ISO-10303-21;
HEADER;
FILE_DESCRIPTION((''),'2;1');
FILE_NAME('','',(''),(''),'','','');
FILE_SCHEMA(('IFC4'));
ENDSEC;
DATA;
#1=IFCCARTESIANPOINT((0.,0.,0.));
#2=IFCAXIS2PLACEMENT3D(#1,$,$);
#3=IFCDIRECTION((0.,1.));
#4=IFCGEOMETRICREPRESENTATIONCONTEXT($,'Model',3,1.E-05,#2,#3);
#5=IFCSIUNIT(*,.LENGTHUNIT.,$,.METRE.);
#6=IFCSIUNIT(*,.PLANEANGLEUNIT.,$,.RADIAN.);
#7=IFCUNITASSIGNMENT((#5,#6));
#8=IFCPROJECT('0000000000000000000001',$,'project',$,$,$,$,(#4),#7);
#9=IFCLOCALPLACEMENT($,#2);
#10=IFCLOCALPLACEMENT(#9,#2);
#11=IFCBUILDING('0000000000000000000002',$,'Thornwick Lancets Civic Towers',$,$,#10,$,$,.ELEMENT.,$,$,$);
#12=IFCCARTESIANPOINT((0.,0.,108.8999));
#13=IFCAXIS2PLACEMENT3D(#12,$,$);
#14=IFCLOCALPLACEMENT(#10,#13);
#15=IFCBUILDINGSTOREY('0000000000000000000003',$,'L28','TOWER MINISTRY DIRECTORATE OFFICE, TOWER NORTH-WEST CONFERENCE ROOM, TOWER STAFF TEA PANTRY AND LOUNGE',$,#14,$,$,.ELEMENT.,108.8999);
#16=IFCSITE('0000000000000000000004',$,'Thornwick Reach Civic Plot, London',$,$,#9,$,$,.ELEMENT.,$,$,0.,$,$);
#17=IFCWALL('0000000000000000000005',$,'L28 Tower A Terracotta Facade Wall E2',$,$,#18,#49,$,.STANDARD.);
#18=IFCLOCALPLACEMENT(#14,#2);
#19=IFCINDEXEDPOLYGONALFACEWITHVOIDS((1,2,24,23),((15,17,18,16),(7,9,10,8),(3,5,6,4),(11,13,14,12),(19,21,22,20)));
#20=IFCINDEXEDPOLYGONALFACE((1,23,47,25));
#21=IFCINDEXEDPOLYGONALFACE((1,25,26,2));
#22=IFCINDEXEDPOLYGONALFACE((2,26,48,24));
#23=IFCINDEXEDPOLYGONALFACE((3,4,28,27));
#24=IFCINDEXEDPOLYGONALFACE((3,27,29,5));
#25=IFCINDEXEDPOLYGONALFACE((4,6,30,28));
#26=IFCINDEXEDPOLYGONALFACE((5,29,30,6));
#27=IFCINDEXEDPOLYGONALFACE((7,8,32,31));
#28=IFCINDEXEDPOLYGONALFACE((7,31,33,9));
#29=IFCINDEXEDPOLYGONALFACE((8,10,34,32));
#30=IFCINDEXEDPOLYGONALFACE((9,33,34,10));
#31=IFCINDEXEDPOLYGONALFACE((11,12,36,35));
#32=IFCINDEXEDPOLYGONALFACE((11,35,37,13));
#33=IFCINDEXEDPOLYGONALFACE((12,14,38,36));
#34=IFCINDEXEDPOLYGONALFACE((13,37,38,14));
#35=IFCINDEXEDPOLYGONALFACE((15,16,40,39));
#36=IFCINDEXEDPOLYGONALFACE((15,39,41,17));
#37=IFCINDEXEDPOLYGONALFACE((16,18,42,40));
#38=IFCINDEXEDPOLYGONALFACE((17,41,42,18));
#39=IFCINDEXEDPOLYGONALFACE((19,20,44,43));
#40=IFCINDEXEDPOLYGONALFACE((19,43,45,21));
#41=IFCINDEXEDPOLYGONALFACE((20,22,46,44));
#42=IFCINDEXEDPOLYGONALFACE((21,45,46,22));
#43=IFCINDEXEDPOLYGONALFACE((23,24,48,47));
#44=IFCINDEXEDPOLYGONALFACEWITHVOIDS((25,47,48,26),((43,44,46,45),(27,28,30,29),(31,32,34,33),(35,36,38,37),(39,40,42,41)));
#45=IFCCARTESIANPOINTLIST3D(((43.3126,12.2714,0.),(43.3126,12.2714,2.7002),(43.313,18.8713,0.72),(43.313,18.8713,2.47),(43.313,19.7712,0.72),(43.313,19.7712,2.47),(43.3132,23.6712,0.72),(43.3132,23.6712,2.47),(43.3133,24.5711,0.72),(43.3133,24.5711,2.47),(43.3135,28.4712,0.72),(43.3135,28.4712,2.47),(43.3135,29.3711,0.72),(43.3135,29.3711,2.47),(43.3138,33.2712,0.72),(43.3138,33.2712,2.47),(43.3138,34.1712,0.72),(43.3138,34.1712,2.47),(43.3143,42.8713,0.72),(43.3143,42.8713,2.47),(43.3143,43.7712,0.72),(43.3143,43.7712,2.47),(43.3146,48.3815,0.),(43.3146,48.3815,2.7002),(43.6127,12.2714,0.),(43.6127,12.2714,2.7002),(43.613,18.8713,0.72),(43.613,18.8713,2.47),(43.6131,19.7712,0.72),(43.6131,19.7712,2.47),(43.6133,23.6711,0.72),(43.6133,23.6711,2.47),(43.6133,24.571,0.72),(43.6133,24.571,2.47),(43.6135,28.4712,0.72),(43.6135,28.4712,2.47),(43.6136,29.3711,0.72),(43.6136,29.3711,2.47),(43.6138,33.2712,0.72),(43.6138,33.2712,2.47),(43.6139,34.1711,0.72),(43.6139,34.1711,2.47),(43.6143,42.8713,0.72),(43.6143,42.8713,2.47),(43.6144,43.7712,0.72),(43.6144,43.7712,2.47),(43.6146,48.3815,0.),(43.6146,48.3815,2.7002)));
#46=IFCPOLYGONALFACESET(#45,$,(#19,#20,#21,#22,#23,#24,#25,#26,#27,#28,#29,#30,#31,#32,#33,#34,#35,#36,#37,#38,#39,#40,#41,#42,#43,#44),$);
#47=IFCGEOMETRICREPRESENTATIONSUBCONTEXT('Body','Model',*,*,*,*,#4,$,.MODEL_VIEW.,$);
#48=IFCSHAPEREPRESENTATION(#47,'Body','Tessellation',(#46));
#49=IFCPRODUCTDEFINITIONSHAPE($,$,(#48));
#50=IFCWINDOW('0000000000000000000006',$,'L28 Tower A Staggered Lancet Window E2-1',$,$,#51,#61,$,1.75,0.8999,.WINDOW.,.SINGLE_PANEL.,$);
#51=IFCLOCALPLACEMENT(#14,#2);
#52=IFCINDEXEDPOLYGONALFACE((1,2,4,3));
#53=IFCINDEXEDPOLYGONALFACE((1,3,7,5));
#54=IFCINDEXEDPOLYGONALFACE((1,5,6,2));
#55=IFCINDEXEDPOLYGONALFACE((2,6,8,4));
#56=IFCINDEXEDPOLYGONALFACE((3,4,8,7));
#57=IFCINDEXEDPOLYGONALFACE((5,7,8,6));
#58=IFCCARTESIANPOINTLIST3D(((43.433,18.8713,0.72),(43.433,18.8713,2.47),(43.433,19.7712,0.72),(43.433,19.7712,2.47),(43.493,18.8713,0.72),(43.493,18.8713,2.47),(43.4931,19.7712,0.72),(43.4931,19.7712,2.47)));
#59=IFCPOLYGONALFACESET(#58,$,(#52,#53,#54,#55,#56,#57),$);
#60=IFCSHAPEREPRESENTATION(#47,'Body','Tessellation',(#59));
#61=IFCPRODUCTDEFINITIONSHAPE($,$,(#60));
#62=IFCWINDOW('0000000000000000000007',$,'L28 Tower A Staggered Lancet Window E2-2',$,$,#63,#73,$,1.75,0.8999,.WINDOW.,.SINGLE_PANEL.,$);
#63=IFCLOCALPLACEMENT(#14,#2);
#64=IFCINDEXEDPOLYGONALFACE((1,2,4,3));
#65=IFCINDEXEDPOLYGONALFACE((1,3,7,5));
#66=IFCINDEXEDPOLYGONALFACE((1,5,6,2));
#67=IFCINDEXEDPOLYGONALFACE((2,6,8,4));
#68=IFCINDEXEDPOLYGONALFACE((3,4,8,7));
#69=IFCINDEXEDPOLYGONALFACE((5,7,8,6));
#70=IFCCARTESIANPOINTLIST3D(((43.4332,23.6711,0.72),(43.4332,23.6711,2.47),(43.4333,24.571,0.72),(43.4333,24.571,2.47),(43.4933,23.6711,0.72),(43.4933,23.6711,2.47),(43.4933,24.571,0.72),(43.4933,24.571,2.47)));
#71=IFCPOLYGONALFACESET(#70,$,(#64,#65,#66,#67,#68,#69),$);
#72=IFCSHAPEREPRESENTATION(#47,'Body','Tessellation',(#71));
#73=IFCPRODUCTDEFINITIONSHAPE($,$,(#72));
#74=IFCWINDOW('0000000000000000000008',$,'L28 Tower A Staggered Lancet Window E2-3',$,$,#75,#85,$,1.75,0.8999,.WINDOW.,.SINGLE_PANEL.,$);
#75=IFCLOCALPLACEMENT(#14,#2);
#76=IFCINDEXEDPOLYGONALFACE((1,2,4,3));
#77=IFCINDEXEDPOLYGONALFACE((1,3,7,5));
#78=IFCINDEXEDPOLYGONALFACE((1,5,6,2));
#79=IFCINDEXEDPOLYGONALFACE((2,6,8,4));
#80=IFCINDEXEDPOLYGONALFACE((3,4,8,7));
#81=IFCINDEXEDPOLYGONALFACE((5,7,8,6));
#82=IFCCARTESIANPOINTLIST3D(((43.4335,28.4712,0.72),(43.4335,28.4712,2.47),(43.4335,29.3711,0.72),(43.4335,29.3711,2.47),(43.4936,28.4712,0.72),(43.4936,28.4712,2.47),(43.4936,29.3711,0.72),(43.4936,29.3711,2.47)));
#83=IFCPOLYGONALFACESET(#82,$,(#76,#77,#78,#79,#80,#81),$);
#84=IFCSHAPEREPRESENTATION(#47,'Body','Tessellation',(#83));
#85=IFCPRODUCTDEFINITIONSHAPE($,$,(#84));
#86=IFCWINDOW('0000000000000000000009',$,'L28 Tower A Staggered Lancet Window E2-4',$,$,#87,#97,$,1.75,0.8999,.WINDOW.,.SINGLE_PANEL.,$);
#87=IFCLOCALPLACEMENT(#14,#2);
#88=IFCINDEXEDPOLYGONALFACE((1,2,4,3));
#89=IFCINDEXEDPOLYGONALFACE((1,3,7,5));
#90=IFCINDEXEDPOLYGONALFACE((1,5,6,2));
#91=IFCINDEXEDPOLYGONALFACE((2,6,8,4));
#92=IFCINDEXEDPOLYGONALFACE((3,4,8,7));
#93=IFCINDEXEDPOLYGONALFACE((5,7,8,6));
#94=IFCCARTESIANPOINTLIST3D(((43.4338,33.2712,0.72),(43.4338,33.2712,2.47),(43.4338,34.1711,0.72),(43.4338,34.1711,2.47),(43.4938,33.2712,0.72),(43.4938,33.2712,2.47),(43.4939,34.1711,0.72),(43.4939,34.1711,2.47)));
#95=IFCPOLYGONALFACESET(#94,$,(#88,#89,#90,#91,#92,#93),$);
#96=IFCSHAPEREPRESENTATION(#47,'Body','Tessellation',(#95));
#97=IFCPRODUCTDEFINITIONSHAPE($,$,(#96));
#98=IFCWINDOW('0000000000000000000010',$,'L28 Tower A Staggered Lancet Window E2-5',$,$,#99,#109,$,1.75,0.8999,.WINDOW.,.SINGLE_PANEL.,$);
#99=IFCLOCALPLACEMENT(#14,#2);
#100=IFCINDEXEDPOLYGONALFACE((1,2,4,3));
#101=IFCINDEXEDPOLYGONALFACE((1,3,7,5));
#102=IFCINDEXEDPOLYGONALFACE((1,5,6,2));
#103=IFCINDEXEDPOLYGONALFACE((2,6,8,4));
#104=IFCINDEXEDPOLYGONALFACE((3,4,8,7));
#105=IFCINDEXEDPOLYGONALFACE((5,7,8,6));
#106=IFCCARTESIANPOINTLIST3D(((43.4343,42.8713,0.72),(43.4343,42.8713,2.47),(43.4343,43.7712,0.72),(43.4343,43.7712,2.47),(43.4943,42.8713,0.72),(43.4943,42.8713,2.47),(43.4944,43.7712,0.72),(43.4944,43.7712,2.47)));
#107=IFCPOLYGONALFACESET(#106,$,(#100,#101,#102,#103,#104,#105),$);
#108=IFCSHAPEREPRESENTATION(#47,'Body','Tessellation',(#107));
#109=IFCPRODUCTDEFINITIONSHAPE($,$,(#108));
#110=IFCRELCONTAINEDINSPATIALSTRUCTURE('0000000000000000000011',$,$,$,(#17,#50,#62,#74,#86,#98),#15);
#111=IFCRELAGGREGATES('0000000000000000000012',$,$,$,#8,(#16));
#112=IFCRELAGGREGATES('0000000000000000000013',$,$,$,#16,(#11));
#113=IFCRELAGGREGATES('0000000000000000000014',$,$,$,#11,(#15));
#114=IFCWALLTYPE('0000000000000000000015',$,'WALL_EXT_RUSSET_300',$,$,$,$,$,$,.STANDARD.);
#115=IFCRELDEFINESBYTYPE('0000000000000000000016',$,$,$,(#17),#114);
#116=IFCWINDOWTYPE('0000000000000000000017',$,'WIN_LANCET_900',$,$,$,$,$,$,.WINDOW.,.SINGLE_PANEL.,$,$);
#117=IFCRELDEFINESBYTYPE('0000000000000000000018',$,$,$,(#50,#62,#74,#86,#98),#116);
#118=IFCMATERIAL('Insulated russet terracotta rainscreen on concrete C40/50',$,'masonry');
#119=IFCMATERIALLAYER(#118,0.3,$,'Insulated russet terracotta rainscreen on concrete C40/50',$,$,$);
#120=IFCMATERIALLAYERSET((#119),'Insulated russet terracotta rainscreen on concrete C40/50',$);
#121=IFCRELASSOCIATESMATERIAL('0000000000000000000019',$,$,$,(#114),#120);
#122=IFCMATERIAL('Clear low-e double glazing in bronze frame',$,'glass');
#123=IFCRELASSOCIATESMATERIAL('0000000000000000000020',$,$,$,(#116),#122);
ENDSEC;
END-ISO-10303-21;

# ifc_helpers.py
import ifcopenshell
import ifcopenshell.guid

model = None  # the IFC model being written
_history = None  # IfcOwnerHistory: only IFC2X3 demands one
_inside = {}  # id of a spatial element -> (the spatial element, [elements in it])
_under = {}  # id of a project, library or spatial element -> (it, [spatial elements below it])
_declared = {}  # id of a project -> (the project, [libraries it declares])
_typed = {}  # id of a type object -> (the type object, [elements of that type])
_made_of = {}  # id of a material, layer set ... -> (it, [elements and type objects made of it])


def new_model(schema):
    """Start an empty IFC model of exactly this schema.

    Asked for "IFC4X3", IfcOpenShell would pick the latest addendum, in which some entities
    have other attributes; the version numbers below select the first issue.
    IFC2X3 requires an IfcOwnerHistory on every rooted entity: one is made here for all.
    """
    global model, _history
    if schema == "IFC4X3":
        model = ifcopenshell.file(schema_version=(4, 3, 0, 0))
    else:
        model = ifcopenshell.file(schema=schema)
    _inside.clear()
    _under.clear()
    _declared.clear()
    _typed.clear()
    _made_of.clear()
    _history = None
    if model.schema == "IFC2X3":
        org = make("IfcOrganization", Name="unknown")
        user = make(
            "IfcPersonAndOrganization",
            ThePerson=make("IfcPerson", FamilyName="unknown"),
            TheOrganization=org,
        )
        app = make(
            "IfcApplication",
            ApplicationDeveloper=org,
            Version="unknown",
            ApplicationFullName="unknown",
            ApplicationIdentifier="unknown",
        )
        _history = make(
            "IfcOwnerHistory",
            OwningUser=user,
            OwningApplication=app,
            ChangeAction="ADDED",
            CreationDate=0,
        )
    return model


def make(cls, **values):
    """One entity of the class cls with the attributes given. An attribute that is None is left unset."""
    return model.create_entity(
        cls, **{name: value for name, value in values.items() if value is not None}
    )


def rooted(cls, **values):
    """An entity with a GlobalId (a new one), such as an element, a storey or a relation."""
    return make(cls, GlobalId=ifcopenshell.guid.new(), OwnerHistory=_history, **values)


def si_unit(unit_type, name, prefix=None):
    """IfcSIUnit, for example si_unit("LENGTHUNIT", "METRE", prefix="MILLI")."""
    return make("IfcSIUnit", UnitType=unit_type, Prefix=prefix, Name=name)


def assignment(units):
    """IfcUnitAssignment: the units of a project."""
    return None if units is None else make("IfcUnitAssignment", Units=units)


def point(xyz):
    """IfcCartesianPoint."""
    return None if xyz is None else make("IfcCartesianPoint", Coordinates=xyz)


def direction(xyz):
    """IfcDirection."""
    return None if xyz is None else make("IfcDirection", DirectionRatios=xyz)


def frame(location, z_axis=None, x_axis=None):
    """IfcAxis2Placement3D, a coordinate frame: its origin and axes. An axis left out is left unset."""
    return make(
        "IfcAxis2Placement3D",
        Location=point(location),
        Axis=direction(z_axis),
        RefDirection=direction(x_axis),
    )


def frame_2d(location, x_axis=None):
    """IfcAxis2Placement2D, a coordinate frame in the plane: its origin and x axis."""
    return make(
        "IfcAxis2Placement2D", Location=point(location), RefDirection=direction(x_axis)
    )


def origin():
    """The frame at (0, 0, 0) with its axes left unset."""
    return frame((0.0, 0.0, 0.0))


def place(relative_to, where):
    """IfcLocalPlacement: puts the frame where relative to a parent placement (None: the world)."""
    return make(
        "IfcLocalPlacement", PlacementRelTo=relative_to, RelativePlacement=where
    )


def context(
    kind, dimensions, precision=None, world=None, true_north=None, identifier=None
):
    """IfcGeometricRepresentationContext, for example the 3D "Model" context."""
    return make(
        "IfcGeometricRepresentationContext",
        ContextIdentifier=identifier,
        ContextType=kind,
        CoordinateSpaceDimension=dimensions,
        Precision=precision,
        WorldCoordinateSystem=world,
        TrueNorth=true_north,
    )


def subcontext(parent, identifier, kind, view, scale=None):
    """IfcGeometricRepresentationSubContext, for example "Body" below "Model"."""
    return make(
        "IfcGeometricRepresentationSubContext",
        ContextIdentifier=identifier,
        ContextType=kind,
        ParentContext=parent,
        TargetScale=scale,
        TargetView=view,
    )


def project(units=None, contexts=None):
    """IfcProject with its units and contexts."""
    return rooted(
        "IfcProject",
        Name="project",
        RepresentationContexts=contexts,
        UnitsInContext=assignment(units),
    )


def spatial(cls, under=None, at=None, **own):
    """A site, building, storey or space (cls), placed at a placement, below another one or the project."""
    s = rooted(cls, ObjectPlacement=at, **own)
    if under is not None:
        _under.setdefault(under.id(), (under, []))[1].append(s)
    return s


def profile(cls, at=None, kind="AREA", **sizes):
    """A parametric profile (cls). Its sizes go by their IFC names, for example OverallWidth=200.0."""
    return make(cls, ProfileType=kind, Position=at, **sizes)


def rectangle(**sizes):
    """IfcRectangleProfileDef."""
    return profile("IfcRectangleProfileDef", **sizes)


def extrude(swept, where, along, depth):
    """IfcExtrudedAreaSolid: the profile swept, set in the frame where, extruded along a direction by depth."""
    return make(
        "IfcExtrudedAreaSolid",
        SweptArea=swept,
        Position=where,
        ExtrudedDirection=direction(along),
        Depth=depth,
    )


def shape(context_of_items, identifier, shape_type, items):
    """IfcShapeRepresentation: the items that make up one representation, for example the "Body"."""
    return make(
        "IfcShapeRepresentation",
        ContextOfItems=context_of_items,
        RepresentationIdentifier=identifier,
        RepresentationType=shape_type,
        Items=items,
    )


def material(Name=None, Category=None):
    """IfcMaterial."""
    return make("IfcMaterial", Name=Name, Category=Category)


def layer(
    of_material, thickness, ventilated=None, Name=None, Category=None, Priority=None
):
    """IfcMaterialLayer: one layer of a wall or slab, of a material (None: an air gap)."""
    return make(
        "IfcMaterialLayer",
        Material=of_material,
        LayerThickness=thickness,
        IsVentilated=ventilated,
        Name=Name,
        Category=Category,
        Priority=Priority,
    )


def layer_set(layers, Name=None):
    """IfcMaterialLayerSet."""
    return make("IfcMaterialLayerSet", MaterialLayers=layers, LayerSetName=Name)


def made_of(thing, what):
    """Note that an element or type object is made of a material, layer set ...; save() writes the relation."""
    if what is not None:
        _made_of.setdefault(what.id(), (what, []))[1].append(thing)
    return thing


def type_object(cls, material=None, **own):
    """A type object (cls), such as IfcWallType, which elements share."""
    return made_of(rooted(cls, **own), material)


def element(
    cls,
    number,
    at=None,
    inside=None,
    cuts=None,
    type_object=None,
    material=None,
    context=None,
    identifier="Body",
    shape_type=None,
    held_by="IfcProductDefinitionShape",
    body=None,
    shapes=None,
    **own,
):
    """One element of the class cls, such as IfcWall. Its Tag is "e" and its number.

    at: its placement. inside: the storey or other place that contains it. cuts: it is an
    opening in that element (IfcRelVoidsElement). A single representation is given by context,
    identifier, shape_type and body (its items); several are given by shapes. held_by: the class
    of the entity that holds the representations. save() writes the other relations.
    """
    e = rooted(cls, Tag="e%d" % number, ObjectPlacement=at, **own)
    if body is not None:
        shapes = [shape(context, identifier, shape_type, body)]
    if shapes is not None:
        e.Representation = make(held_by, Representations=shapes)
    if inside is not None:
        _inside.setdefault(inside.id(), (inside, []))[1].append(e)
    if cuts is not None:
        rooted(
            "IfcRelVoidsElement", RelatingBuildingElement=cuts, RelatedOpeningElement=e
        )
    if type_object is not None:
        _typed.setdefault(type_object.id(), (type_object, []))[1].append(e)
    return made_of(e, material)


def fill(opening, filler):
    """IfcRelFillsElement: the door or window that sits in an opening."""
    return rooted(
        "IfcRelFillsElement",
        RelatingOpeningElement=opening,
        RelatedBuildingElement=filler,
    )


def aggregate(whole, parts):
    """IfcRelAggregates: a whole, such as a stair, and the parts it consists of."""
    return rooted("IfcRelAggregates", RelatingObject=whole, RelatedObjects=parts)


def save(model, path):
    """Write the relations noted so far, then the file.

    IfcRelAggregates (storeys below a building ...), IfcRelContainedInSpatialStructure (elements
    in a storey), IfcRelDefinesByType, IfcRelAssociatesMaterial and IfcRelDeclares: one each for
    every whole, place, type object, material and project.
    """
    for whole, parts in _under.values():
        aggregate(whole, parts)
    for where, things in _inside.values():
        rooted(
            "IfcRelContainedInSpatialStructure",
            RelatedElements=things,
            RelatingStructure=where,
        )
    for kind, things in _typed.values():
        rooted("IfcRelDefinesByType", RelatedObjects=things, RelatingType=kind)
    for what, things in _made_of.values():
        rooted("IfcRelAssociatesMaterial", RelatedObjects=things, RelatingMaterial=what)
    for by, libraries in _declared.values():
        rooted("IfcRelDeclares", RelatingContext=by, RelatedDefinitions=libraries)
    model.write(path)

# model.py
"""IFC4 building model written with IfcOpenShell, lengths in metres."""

from ifc_helpers import new_model, si_unit, direction, frame, frame_2d, origin, place, context, subcontext, project, spatial, rectangle, extrude, material, layer, layer_set, type_object, element, fill, save


model = new_model("IFC4")

# Units and contexts
model_context = context("Model", 3, precision=1e-05, world=origin(), true_north=direction((0.0, 1.0)))
body_context = subcontext(model_context, "Body", "Model", "MODEL_VIEW")
ifc_project = project(units=[si_unit("LENGTHUNIT", "METRE"), si_unit("PLANEANGLEUNIT", "RADIAN")], contexts=[model_context])

# Site, building, storey
site_placement = place(None, origin())
site = spatial("IfcSite", under=ifc_project, at=site_placement, Name="Thornwick Reach Civic Plot, London", CompositionType="ELEMENT", RefElevation=0.0)
building_placement = place(site_placement, origin())
building = spatial("IfcBuilding", under=site, at=building_placement, Name="Thornwick Lancets Civic Towers", CompositionType="ELEMENT")
storey_placement = place(building_placement, frame((0.0, 0.0, 108.8999)))
storey = spatial("IfcBuildingStorey", under=building, at=storey_placement, Name="L28", Description="TOWER MINISTRY DIRECTORATE OFFICE, TOWER NORTH-WEST CONFERENCE ROOM, TOWER STAFF TEA PANTRY AND LOUNGE", CompositionType="ELEMENT", Elevation=108.8999)

# Wall, openings, windows
ifc_material_1 = material(Name="Insulated russet terracotta rainscreen on concrete C40/50", Category="masonry")
ifc_layer_1 = layer(ifc_material_1, 0.3, Name="Insulated russet terracotta rainscreen on concrete C40/50")
ifc_layer_set_1 = layer_set([ifc_layer_1], Name="Insulated russet terracotta rainscreen on concrete C40/50")
wall_type_1 = type_object("IfcWallType", Name="WALL_EXT_RUSSET_300", PredefinedType="STANDARD", material=ifc_layer_set_1)
wall_1_placement = place(storey_placement, frame((43.4626, 12.2712, 0.0), z_axis=(0.0, 0.0, 1.0), x_axis=(0.000054, 1.0, 0.0)))
wall_1 = element("IfcWall", 1, at=wall_1_placement, inside=storey, type_object=wall_type_1, Name="L28 Tower A Terracotta Facade Wall E2", PredefinedType="STANDARD", context=body_context, shape_type="SweptSolid", body=[
    extrude(rectangle(XDim=36.1101, YDim=0.3, at=frame_2d((18.0552, 0.0))), origin(), (0.0, 0.0, 1.0), 2.7002),
])
opening_1_placement = place(wall_1_placement, frame((6.6001, 0.0, 0.72)))
opening_1 = element("IfcOpeningElement", 2, at=opening_1_placement, cuts=wall_1, PredefinedType="OPENING", context=body_context, shape_type="SweptSolid", body=[
    extrude(rectangle(XDim=0.8999, YDim=1.75, at=frame_2d((0.45, 0.875))), frame((0.0, 0.1602, 0.0), z_axis=(0.0, -1.0, 0.0), x_axis=(1.0, 0.0, 0.0)), (0.0, 0.0, 1.0), 0.3201),
])
opening_2_placement = place(wall_1_placement, frame((11.3999, 0.0, 0.72)))
opening_2 = element("IfcOpeningElement", 3, at=opening_2_placement, cuts=wall_1, PredefinedType="OPENING", context=body_context, shape_type="SweptSolid", body=[
    extrude(rectangle(XDim=0.8999, YDim=1.75, at=frame_2d((0.45, 0.875))), frame((0.0, 0.1602, 0.0), z_axis=(0.0, -1.0, 0.0), x_axis=(1.0, 0.0, 0.0)), (0.0, 0.0, 1.0), 0.3201),
])
opening_3_placement = place(wall_1_placement, frame((16.2, 0.0, 0.72)))
opening_3 = element("IfcOpeningElement", 4, at=opening_3_placement, cuts=wall_1, PredefinedType="OPENING", context=body_context, shape_type="SweptSolid", body=[
    extrude(rectangle(XDim=0.8999, YDim=1.75, at=frame_2d((0.45, 0.875))), frame((0.0, 0.1602, 0.0), z_axis=(0.0, -1.0, 0.0), x_axis=(1.0, 0.0, 0.0)), (0.0, 0.0, 1.0), 0.3201),
])
opening_4_placement = place(wall_1_placement, frame((21.0, 0.0, 0.72)))
opening_4 = element("IfcOpeningElement", 5, at=opening_4_placement, cuts=wall_1, PredefinedType="OPENING", context=body_context, shape_type="SweptSolid", body=[
    extrude(rectangle(XDim=0.8999, YDim=1.75, at=frame_2d((0.45, 0.875))), frame((0.0, 0.1602, 0.0), z_axis=(0.0, -1.0, 0.0), x_axis=(1.0, 0.0, 0.0)), (0.0, 0.0, 1.0), 0.3201),
])
opening_5_placement = place(wall_1_placement, frame((30.6001, 0.0, 0.72)))
opening_5 = element("IfcOpeningElement", 6, at=opening_5_placement, cuts=wall_1, PredefinedType="OPENING", context=body_context, shape_type="SweptSolid", body=[
    extrude(rectangle(XDim=0.8999, YDim=1.75, at=frame_2d((0.45, 0.875))), frame((0.0, 0.1602, 0.0), z_axis=(0.0, -1.0, 0.0), x_axis=(1.0, 0.0, 0.0)), (0.0, 0.0, 1.0), 0.3201),
])
ifc_material_2 = material(Name="Clear low-e double glazing in bronze frame", Category="glass")
window_type = type_object("IfcWindowType", Name="WIN_LANCET_900", PartitioningType="SINGLE_PANEL", PredefinedType="WINDOW", material=ifc_material_2)
window_1_placement = place(opening_1_placement, origin())
window_1 = element("IfcWindow", 7, at=window_1_placement, inside=storey, type_object=window_type, Name="L28 Tower A Staggered Lancet Window E2-1", OverallHeight=1.75, OverallWidth=0.8999, PartitioningType="SINGLE_PANEL", PredefinedType="WINDOW", context=body_context, shape_type="SweptSolid", body=[
    extrude(rectangle(XDim=0.8999, YDim=1.75, at=frame_2d((0.45, 0.875))), frame((0.0, 0.03, 0.0), z_axis=(0.0, -1.0, 0.0), x_axis=(1.0, 0.0, 0.0)), (0.0, 0.0, 1.0), 0.0601),
])
fill(opening_1, window_1)
window_2_placement = place(opening_2_placement, origin())
window_2 = element("IfcWindow", 8, at=window_2_placement, inside=storey, type_object=window_type, Name="L28 Tower A Staggered Lancet Window E2-2", OverallHeight=1.75, OverallWidth=0.8999, PartitioningType="SINGLE_PANEL", PredefinedType="WINDOW", context=body_context, shape_type="SweptSolid", body=[
    extrude(rectangle(XDim=0.8999, YDim=1.75, at=frame_2d((0.45, 0.875))), frame((0.0, 0.03, 0.0), z_axis=(0.0, -1.0, 0.0), x_axis=(1.0, 0.0, 0.0)), (0.0, 0.0, 1.0), 0.0601),
])
fill(opening_2, window_2)
window_3_placement = place(opening_3_placement, origin())
window_3 = element("IfcWindow", 9, at=window_3_placement, inside=storey, type_object=window_type, Name="L28 Tower A Staggered Lancet Window E2-3", OverallHeight=1.75, OverallWidth=0.8999, PartitioningType="SINGLE_PANEL", PredefinedType="WINDOW", context=body_context, shape_type="SweptSolid", body=[
    extrude(rectangle(XDim=0.8999, YDim=1.75, at=frame_2d((0.45, 0.875))), frame((0.0, 0.03, 0.0), z_axis=(0.0, -1.0, 0.0), x_axis=(1.0, 0.0, 0.0)), (0.0, 0.0, 1.0), 0.0601),
])
fill(opening_3, window_3)
window_4_placement = place(opening_4_placement, origin())
window_4 = element("IfcWindow", 10, at=window_4_placement, inside=storey, type_object=window_type, Name="L28 Tower A Staggered Lancet Window E2-4", OverallHeight=1.75, OverallWidth=0.8999, PartitioningType="SINGLE_PANEL", PredefinedType="WINDOW", context=body_context, shape_type="SweptSolid", body=[
    extrude(rectangle(XDim=0.8999, YDim=1.75, at=frame_2d((0.45, 0.875))), frame((0.0, 0.03, 0.0), z_axis=(0.0, -1.0, 0.0), x_axis=(1.0, 0.0, 0.0)), (0.0, 0.0, 1.0), 0.0601),
])
fill(opening_4, window_4)
window_5_placement = place(opening_5_placement, origin())
window_5 = element("IfcWindow", 11, at=window_5_placement, inside=storey, type_object=window_type, Name="L28 Tower A Staggered Lancet Window E2-5", OverallHeight=1.75, OverallWidth=0.8999, PartitioningType="SINGLE_PANEL", PredefinedType="WINDOW", context=body_context, shape_type="SweptSolid", body=[
    extrude(rectangle(XDim=0.8999, YDim=1.75, at=frame_2d((0.45, 0.875))), frame((0.0, 0.03, 0.0), z_axis=(0.0, -1.0, 0.0), x_axis=(1.0, 0.0, 0.0)), (0.0, 0.0, 1.0), 0.0601),
])
fill(opening_5, window_5)

save(model, "model.ifc")
